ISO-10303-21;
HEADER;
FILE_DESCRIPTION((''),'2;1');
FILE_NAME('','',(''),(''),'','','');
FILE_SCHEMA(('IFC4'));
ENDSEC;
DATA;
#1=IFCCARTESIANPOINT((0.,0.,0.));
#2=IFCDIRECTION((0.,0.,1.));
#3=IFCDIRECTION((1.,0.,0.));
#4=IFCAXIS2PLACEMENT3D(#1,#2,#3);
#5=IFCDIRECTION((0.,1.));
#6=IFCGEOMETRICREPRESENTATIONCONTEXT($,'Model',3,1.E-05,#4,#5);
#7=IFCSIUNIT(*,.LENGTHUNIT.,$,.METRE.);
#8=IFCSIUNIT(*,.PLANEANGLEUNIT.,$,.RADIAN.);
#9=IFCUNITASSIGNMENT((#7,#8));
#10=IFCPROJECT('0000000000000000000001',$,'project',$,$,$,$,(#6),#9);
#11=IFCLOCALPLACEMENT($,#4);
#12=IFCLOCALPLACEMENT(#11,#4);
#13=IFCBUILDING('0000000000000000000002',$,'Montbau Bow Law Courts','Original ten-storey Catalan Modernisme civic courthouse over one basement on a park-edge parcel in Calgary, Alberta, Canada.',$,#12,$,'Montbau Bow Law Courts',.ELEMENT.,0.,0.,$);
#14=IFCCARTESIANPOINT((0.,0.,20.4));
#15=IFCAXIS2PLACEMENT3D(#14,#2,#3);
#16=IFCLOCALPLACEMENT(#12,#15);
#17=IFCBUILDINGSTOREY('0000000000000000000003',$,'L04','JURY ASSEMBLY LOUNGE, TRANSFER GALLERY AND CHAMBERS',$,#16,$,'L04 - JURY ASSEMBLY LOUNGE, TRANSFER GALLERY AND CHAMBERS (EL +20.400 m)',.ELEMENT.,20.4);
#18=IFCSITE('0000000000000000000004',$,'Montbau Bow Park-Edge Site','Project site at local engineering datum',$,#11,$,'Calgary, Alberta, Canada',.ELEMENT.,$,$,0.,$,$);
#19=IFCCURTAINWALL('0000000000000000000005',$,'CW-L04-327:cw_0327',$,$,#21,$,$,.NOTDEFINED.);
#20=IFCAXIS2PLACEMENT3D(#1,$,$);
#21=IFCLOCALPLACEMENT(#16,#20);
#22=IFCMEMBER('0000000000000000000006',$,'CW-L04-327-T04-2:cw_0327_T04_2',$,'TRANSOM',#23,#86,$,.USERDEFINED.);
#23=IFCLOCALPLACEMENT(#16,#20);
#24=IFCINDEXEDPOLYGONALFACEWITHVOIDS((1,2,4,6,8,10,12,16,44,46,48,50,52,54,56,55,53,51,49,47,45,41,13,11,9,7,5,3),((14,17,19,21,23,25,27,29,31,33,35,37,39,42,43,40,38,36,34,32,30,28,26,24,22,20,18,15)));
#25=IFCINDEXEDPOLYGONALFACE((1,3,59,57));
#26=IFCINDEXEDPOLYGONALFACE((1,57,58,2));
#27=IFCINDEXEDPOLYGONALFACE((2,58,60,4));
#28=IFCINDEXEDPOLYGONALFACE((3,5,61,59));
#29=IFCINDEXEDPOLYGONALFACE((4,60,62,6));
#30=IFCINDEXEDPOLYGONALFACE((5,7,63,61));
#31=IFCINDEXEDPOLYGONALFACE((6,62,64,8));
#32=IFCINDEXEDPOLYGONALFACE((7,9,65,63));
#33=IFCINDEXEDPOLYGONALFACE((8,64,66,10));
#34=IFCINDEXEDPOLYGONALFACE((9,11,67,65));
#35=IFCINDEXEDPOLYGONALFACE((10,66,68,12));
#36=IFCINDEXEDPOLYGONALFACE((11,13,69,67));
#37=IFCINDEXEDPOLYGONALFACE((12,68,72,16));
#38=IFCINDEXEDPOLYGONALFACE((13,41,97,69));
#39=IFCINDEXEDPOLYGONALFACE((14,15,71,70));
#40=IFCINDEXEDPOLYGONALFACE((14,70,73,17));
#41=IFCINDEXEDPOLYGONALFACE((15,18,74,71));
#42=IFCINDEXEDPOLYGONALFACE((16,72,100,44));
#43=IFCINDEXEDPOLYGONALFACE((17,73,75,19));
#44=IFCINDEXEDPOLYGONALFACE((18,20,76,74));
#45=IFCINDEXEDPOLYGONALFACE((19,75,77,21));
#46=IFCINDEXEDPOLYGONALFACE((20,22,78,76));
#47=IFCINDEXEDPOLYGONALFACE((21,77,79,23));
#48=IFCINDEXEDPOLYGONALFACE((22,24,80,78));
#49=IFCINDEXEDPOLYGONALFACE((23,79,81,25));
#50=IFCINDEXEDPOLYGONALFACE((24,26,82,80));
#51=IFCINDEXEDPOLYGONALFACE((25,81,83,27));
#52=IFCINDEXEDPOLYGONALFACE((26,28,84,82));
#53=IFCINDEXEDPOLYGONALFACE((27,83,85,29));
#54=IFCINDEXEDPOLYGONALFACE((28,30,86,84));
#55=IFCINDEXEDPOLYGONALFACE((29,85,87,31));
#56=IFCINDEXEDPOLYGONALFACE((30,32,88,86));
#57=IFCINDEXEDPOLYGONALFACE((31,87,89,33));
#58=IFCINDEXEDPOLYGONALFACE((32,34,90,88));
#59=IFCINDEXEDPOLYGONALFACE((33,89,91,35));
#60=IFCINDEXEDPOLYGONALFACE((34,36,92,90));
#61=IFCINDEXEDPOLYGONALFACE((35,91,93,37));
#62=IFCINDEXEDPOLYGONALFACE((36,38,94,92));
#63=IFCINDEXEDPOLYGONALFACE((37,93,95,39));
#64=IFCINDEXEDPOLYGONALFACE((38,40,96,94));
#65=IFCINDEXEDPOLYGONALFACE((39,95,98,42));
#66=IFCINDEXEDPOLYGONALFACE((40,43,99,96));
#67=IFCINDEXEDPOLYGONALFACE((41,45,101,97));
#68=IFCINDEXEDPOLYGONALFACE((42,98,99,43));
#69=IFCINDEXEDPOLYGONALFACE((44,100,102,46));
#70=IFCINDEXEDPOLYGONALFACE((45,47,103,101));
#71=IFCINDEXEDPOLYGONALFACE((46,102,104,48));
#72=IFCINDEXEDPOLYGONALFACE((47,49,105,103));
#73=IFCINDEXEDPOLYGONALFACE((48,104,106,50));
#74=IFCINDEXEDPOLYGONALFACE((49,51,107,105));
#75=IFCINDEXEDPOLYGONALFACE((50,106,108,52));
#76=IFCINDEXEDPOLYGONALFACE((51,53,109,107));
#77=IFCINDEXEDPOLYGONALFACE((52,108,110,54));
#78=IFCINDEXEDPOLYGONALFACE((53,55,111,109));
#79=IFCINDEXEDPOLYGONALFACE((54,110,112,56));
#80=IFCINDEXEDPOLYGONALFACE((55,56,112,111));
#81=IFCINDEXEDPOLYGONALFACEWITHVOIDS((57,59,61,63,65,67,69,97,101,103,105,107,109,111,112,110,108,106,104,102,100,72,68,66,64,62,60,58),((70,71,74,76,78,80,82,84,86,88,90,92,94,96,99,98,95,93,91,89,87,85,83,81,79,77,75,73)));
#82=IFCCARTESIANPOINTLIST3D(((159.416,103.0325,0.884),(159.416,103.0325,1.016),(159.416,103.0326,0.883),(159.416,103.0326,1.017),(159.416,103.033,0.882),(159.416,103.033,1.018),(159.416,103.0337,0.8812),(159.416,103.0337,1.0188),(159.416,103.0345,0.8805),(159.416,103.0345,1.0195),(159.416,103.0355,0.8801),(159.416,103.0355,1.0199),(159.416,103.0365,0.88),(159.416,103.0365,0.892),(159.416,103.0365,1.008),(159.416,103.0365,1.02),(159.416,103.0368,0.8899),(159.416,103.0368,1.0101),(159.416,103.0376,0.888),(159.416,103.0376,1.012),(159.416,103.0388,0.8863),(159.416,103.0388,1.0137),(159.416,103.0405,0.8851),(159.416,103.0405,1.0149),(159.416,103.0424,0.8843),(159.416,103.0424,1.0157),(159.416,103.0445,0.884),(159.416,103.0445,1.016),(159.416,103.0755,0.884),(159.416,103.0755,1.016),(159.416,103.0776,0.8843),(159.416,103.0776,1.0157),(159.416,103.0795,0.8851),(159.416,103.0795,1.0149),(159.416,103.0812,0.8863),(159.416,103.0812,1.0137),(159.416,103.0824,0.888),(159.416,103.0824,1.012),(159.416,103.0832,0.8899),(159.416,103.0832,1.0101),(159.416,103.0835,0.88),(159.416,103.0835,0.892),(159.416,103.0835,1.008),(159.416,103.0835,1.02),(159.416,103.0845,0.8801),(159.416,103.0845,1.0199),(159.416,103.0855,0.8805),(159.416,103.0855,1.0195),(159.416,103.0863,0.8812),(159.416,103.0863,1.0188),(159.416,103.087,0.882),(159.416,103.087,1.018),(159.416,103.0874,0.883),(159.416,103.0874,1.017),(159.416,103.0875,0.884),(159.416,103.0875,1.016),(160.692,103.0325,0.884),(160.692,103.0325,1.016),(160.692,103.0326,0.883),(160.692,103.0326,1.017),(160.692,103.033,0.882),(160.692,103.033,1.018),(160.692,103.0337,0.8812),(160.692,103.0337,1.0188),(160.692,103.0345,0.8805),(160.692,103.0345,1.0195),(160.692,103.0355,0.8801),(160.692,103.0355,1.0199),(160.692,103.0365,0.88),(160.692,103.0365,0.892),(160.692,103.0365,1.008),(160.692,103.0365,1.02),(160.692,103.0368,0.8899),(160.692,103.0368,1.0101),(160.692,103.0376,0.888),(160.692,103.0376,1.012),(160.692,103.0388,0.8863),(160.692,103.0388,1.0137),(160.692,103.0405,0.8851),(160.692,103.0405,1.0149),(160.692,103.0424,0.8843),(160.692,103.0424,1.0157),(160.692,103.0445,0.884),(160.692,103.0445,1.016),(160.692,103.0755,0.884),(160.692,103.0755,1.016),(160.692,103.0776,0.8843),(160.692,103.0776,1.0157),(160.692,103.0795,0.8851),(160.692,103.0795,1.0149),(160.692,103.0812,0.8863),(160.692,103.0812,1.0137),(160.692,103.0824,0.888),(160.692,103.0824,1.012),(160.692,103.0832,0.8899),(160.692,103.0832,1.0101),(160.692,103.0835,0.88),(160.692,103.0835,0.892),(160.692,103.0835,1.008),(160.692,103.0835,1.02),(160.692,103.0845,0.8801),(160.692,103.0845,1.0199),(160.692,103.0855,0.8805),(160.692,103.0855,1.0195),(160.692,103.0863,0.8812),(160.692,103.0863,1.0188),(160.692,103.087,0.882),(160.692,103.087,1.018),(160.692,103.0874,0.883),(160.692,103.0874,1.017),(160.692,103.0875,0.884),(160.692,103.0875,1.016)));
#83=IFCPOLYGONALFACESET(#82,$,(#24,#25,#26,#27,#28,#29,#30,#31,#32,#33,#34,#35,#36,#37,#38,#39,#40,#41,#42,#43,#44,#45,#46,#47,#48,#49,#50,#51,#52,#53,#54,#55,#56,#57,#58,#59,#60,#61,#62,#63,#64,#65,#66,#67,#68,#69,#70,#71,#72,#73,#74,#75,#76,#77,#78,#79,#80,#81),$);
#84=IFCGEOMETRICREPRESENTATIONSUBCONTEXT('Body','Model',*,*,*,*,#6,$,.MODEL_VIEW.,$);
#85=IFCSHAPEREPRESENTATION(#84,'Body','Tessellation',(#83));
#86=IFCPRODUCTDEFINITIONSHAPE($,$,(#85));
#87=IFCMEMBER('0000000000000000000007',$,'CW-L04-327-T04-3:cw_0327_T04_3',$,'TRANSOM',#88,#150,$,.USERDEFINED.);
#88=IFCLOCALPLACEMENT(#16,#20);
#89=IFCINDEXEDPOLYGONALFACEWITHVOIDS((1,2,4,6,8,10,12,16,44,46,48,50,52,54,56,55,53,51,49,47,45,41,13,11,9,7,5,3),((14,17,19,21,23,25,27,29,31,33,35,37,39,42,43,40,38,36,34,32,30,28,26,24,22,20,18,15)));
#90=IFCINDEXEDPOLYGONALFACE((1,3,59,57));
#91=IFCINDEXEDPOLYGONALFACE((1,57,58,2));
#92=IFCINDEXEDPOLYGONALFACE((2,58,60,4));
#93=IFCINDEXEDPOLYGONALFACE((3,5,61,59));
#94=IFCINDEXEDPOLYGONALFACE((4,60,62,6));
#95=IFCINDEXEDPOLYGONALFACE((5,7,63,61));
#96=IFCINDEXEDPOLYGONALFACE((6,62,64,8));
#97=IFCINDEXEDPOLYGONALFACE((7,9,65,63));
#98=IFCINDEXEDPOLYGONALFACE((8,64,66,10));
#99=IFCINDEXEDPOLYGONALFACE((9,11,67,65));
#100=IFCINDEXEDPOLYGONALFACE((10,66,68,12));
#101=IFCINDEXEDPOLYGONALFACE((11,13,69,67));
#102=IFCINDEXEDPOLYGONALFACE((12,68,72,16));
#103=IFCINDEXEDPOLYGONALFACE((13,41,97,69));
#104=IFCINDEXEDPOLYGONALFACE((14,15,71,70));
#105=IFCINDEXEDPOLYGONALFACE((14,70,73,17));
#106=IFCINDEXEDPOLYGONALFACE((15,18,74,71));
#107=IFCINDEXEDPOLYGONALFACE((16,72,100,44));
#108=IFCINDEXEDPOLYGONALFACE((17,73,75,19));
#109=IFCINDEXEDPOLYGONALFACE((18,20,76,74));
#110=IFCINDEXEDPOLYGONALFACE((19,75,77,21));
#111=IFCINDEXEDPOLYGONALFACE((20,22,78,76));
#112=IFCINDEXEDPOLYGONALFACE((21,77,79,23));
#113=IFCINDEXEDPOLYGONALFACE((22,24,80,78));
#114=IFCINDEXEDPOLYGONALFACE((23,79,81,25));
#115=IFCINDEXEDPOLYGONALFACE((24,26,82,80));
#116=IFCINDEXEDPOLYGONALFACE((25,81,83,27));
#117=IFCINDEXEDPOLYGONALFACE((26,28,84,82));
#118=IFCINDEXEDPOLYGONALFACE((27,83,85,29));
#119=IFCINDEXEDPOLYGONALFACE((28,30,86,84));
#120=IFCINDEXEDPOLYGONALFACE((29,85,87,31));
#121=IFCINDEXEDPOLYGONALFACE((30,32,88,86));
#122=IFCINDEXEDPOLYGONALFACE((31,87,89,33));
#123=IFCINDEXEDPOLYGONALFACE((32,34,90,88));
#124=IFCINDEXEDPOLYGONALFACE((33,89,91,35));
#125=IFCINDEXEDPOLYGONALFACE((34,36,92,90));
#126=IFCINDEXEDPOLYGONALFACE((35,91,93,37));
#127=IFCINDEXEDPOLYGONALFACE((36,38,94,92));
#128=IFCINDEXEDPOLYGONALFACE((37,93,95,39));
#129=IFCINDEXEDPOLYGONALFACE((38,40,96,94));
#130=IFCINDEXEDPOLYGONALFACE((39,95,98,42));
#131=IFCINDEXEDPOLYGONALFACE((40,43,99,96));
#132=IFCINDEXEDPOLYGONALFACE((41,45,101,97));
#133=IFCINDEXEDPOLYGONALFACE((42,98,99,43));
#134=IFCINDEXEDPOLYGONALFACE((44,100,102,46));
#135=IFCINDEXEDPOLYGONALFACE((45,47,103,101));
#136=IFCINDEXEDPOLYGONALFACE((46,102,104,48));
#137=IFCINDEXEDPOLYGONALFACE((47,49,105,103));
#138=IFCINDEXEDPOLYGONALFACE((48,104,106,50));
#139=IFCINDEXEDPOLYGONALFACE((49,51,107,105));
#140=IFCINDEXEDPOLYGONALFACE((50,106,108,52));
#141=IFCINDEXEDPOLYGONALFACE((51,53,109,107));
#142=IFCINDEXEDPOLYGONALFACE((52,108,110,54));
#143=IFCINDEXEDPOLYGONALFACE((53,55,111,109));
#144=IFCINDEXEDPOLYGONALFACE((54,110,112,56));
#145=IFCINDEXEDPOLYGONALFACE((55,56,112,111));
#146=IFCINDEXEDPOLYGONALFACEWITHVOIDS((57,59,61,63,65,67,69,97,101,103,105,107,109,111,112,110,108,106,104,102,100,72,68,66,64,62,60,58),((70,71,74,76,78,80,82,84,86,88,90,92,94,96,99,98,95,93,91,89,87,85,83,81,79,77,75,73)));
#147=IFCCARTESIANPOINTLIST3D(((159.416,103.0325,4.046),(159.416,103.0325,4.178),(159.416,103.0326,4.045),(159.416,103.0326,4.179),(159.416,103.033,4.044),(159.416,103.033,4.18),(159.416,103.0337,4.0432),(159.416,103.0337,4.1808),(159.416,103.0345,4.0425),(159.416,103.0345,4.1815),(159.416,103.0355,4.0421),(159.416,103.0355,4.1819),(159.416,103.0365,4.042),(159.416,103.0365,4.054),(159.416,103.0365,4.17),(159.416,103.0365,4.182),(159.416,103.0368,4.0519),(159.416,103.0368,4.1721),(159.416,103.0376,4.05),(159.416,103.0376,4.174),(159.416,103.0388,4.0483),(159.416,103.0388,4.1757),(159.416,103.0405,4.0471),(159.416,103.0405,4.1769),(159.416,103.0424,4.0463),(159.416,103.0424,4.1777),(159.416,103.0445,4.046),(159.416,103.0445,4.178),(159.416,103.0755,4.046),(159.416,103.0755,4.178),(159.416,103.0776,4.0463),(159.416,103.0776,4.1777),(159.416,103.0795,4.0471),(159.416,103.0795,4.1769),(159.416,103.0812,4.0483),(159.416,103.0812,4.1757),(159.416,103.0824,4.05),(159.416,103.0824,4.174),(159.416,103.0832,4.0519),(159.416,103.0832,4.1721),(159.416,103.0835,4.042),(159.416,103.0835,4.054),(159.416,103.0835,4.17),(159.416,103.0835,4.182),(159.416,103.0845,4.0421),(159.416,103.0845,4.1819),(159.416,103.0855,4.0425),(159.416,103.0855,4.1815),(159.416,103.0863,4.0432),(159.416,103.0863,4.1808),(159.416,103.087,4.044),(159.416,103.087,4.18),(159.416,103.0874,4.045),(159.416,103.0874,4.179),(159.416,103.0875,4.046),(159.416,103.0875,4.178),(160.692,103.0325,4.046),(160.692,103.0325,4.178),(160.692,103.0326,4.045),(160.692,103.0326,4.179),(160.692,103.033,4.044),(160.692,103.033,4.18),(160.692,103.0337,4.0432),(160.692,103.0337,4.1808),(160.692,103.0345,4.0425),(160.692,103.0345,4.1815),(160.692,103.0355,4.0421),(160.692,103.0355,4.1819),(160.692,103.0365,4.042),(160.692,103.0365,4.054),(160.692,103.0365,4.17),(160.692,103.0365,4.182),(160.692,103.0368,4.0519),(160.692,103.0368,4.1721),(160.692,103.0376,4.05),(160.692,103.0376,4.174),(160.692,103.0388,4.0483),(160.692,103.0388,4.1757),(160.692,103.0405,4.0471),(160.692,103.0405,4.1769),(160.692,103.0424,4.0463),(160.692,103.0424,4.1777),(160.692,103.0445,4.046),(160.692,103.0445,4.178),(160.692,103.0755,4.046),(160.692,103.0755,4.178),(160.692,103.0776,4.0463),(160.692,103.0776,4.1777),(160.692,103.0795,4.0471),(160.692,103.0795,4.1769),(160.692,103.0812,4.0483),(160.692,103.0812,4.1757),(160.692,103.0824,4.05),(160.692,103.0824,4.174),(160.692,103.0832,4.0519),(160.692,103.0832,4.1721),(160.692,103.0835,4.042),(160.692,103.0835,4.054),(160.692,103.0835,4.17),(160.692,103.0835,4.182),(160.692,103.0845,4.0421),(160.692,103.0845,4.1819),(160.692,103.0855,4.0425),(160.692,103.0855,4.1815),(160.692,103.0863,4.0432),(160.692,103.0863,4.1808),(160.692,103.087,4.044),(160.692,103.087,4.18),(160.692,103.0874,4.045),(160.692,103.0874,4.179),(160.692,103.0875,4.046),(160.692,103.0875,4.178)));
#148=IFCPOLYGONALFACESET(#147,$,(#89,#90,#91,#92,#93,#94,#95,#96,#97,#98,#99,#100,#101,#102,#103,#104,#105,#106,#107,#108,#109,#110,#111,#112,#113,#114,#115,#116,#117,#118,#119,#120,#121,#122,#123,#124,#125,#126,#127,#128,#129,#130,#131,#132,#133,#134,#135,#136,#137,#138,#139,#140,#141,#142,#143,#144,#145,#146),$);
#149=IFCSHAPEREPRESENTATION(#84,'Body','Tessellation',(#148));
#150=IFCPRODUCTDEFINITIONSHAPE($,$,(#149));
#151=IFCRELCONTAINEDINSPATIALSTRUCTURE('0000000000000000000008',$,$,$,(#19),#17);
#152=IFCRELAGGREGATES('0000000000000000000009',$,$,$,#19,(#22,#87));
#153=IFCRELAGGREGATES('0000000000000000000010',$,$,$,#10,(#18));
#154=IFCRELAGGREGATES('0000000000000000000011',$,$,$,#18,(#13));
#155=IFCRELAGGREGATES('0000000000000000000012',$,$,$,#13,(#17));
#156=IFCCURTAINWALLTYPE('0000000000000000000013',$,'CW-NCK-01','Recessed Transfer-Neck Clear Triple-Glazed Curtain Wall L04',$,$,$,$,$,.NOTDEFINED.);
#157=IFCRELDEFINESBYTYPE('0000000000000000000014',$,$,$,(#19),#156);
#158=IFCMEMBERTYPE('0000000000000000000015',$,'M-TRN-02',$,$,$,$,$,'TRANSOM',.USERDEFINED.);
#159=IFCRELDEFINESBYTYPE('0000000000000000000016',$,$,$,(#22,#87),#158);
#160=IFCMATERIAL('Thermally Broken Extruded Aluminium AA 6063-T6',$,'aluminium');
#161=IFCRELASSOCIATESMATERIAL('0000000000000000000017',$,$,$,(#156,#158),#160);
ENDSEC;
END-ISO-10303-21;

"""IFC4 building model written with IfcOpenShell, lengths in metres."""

from ifc_helpers import new_model, si_unit, direction, frame, origin_with_axes, origin_2d_with_axis, place, context, subcontext, project, spatial, hollow_rectangle, extrude, material, material_profile, profile_set, type_object, element, aggregate, save


model = new_model("IFC4")

# Units and contexts
model_context = context("Model", 3, precision=1e-05, world=origin_with_axes(), true_north=direction((0.0, 1.0)))
body_context = subcontext(model_context, "Body", "Model", "MODEL_VIEW")
ifc_project = project(units=[si_unit("LENGTHUNIT", "METRE"), si_unit("PLANEANGLEUNIT", "RADIAN")], contexts=[model_context])

# Site, building, storey
site_placement = place(None, origin_with_axes())
site = spatial("IfcSite", under=ifc_project, at=site_placement, Name="Montbau Bow Park-Edge Site", Description="Project site at local engineering datum", LongName="Calgary, Alberta, Canada", CompositionType="ELEMENT", RefElevation=0.0)
building_placement = place(site_placement, origin_with_axes())
building = spatial("IfcBuilding", under=site, at=building_placement, Name="Montbau Bow Law Courts", Description="Original ten-storey Catalan Modernisme civic courthouse over one basement on a park-edge parcel in Calgary, Alberta, Canada.", LongName="Montbau Bow Law Courts", CompositionType="ELEMENT", ElevationOfRefHeight=0.0, ElevationOfTerrain=0.0)
storey_placement = place(building_placement, frame((0.0, 0.0, 20.4), z_axis=(0.0, 0.0, 1.0), x_axis=(1.0, 0.0, 0.0)))
storey = spatial("IfcBuildingStorey", under=building, at=storey_placement, Name="L04", Description="JURY ASSEMBLY LOUNGE, TRANSFER GALLERY AND CHAMBERS", LongName="L04 - JURY ASSEMBLY LOUNGE, TRANSFER GALLERY AND CHAMBERS (EL +20.400 m)", CompositionType="ELEMENT", Elevation=20.4)

# Curtain wall
ifc_material_1 = material(Name="Thermally Broken Extruded Aluminium AA 6063-T6", Category="aluminium")
curtain_wall_type = type_object("IfcCurtainWallType", Name="CW-NCK-01", Description="Recessed Transfer-Neck Clear Triple-Glazed Curtain Wall L04", PredefinedType="NOTDEFINED", material=ifc_material_1)
curtain_wall_1_placement = place(None, frame((155.315, 103.06, 20.4), z_axis=(0.0, 0.0, 1.0), x_axis=(1.0, 0.0, 0.0)))
curtain_wall_1 = element("IfcCurtainWall", 1, at=curtain_wall_1_placement, inside=storey, type_object=curtain_wall_type, Name="CW-L04-327:cw_0327", PredefinedType="NOTDEFINED")

# Members
ifc_material_profile_1 = material_profile(ifc_material_1, hollow_rectangle(XDim=0.055, YDim=0.14, WallThickness=0.004, InnerFilletRadius=0.008, OuterFilletRadius=0.004, at=origin_2d_with_axis()), Name="CWT-140X55", Category="Main", Priority=0)
ifc_profile_set_1 = profile_set([ifc_material_profile_1], Name="Thermally Broken Extruded Aluminium AA 6063-T6")
member_type_1 = type_object("IfcMemberType", Name="M-TRN-02", ElementType="TRANSOM", PredefinedType="USERDEFINED", material=ifc_profile_set_1)
member_1_placement = place(None, frame((159.416, 103.06, 21.35), z_axis=(1.0, 0.0, 0.0), x_axis=(0.0, 1.0, 0.0)))
member_1 = element("IfcMember", 2, at=member_1_placement, type_object=member_type_1, Name="CW-L04-327-T04-2:cw_0327_T04_2", ObjectType="TRANSOM", PredefinedType="USERDEFINED", context=body_context, shape_type="SweptSolid", body=[
    extrude(hollow_rectangle(XDim=0.055, YDim=0.14, WallThickness=0.004, InnerFilletRadius=0.008, OuterFilletRadius=0.004, at=origin_2d_with_axis()), origin_with_axes(), (0.0, 0.0, 1.0), 1.276),
])
member_2_placement = place(None, frame((159.416, 103.06, 24.512), z_axis=(1.0, 0.0, 0.0), x_axis=(0.0, 1.0, 0.0)))
member_2 = element("IfcMember", 3, at=member_2_placement, type_object=member_type_1, Name="CW-L04-327-T04-3:cw_0327_T04_3", ObjectType="TRANSOM", PredefinedType="USERDEFINED", context=body_context, shape_type="SweptSolid", body=[
    extrude(hollow_rectangle(XDim=0.055, YDim=0.14, WallThickness=0.004, InnerFilletRadius=0.008, OuterFilletRadius=0.004, at=origin_2d_with_axis()), origin_with_axes(), (0.0, 0.0, 1.0), 1.276),
])

aggregate(curtain_wall_1, [member_1, member_2])

save(model, "model.ifc")
